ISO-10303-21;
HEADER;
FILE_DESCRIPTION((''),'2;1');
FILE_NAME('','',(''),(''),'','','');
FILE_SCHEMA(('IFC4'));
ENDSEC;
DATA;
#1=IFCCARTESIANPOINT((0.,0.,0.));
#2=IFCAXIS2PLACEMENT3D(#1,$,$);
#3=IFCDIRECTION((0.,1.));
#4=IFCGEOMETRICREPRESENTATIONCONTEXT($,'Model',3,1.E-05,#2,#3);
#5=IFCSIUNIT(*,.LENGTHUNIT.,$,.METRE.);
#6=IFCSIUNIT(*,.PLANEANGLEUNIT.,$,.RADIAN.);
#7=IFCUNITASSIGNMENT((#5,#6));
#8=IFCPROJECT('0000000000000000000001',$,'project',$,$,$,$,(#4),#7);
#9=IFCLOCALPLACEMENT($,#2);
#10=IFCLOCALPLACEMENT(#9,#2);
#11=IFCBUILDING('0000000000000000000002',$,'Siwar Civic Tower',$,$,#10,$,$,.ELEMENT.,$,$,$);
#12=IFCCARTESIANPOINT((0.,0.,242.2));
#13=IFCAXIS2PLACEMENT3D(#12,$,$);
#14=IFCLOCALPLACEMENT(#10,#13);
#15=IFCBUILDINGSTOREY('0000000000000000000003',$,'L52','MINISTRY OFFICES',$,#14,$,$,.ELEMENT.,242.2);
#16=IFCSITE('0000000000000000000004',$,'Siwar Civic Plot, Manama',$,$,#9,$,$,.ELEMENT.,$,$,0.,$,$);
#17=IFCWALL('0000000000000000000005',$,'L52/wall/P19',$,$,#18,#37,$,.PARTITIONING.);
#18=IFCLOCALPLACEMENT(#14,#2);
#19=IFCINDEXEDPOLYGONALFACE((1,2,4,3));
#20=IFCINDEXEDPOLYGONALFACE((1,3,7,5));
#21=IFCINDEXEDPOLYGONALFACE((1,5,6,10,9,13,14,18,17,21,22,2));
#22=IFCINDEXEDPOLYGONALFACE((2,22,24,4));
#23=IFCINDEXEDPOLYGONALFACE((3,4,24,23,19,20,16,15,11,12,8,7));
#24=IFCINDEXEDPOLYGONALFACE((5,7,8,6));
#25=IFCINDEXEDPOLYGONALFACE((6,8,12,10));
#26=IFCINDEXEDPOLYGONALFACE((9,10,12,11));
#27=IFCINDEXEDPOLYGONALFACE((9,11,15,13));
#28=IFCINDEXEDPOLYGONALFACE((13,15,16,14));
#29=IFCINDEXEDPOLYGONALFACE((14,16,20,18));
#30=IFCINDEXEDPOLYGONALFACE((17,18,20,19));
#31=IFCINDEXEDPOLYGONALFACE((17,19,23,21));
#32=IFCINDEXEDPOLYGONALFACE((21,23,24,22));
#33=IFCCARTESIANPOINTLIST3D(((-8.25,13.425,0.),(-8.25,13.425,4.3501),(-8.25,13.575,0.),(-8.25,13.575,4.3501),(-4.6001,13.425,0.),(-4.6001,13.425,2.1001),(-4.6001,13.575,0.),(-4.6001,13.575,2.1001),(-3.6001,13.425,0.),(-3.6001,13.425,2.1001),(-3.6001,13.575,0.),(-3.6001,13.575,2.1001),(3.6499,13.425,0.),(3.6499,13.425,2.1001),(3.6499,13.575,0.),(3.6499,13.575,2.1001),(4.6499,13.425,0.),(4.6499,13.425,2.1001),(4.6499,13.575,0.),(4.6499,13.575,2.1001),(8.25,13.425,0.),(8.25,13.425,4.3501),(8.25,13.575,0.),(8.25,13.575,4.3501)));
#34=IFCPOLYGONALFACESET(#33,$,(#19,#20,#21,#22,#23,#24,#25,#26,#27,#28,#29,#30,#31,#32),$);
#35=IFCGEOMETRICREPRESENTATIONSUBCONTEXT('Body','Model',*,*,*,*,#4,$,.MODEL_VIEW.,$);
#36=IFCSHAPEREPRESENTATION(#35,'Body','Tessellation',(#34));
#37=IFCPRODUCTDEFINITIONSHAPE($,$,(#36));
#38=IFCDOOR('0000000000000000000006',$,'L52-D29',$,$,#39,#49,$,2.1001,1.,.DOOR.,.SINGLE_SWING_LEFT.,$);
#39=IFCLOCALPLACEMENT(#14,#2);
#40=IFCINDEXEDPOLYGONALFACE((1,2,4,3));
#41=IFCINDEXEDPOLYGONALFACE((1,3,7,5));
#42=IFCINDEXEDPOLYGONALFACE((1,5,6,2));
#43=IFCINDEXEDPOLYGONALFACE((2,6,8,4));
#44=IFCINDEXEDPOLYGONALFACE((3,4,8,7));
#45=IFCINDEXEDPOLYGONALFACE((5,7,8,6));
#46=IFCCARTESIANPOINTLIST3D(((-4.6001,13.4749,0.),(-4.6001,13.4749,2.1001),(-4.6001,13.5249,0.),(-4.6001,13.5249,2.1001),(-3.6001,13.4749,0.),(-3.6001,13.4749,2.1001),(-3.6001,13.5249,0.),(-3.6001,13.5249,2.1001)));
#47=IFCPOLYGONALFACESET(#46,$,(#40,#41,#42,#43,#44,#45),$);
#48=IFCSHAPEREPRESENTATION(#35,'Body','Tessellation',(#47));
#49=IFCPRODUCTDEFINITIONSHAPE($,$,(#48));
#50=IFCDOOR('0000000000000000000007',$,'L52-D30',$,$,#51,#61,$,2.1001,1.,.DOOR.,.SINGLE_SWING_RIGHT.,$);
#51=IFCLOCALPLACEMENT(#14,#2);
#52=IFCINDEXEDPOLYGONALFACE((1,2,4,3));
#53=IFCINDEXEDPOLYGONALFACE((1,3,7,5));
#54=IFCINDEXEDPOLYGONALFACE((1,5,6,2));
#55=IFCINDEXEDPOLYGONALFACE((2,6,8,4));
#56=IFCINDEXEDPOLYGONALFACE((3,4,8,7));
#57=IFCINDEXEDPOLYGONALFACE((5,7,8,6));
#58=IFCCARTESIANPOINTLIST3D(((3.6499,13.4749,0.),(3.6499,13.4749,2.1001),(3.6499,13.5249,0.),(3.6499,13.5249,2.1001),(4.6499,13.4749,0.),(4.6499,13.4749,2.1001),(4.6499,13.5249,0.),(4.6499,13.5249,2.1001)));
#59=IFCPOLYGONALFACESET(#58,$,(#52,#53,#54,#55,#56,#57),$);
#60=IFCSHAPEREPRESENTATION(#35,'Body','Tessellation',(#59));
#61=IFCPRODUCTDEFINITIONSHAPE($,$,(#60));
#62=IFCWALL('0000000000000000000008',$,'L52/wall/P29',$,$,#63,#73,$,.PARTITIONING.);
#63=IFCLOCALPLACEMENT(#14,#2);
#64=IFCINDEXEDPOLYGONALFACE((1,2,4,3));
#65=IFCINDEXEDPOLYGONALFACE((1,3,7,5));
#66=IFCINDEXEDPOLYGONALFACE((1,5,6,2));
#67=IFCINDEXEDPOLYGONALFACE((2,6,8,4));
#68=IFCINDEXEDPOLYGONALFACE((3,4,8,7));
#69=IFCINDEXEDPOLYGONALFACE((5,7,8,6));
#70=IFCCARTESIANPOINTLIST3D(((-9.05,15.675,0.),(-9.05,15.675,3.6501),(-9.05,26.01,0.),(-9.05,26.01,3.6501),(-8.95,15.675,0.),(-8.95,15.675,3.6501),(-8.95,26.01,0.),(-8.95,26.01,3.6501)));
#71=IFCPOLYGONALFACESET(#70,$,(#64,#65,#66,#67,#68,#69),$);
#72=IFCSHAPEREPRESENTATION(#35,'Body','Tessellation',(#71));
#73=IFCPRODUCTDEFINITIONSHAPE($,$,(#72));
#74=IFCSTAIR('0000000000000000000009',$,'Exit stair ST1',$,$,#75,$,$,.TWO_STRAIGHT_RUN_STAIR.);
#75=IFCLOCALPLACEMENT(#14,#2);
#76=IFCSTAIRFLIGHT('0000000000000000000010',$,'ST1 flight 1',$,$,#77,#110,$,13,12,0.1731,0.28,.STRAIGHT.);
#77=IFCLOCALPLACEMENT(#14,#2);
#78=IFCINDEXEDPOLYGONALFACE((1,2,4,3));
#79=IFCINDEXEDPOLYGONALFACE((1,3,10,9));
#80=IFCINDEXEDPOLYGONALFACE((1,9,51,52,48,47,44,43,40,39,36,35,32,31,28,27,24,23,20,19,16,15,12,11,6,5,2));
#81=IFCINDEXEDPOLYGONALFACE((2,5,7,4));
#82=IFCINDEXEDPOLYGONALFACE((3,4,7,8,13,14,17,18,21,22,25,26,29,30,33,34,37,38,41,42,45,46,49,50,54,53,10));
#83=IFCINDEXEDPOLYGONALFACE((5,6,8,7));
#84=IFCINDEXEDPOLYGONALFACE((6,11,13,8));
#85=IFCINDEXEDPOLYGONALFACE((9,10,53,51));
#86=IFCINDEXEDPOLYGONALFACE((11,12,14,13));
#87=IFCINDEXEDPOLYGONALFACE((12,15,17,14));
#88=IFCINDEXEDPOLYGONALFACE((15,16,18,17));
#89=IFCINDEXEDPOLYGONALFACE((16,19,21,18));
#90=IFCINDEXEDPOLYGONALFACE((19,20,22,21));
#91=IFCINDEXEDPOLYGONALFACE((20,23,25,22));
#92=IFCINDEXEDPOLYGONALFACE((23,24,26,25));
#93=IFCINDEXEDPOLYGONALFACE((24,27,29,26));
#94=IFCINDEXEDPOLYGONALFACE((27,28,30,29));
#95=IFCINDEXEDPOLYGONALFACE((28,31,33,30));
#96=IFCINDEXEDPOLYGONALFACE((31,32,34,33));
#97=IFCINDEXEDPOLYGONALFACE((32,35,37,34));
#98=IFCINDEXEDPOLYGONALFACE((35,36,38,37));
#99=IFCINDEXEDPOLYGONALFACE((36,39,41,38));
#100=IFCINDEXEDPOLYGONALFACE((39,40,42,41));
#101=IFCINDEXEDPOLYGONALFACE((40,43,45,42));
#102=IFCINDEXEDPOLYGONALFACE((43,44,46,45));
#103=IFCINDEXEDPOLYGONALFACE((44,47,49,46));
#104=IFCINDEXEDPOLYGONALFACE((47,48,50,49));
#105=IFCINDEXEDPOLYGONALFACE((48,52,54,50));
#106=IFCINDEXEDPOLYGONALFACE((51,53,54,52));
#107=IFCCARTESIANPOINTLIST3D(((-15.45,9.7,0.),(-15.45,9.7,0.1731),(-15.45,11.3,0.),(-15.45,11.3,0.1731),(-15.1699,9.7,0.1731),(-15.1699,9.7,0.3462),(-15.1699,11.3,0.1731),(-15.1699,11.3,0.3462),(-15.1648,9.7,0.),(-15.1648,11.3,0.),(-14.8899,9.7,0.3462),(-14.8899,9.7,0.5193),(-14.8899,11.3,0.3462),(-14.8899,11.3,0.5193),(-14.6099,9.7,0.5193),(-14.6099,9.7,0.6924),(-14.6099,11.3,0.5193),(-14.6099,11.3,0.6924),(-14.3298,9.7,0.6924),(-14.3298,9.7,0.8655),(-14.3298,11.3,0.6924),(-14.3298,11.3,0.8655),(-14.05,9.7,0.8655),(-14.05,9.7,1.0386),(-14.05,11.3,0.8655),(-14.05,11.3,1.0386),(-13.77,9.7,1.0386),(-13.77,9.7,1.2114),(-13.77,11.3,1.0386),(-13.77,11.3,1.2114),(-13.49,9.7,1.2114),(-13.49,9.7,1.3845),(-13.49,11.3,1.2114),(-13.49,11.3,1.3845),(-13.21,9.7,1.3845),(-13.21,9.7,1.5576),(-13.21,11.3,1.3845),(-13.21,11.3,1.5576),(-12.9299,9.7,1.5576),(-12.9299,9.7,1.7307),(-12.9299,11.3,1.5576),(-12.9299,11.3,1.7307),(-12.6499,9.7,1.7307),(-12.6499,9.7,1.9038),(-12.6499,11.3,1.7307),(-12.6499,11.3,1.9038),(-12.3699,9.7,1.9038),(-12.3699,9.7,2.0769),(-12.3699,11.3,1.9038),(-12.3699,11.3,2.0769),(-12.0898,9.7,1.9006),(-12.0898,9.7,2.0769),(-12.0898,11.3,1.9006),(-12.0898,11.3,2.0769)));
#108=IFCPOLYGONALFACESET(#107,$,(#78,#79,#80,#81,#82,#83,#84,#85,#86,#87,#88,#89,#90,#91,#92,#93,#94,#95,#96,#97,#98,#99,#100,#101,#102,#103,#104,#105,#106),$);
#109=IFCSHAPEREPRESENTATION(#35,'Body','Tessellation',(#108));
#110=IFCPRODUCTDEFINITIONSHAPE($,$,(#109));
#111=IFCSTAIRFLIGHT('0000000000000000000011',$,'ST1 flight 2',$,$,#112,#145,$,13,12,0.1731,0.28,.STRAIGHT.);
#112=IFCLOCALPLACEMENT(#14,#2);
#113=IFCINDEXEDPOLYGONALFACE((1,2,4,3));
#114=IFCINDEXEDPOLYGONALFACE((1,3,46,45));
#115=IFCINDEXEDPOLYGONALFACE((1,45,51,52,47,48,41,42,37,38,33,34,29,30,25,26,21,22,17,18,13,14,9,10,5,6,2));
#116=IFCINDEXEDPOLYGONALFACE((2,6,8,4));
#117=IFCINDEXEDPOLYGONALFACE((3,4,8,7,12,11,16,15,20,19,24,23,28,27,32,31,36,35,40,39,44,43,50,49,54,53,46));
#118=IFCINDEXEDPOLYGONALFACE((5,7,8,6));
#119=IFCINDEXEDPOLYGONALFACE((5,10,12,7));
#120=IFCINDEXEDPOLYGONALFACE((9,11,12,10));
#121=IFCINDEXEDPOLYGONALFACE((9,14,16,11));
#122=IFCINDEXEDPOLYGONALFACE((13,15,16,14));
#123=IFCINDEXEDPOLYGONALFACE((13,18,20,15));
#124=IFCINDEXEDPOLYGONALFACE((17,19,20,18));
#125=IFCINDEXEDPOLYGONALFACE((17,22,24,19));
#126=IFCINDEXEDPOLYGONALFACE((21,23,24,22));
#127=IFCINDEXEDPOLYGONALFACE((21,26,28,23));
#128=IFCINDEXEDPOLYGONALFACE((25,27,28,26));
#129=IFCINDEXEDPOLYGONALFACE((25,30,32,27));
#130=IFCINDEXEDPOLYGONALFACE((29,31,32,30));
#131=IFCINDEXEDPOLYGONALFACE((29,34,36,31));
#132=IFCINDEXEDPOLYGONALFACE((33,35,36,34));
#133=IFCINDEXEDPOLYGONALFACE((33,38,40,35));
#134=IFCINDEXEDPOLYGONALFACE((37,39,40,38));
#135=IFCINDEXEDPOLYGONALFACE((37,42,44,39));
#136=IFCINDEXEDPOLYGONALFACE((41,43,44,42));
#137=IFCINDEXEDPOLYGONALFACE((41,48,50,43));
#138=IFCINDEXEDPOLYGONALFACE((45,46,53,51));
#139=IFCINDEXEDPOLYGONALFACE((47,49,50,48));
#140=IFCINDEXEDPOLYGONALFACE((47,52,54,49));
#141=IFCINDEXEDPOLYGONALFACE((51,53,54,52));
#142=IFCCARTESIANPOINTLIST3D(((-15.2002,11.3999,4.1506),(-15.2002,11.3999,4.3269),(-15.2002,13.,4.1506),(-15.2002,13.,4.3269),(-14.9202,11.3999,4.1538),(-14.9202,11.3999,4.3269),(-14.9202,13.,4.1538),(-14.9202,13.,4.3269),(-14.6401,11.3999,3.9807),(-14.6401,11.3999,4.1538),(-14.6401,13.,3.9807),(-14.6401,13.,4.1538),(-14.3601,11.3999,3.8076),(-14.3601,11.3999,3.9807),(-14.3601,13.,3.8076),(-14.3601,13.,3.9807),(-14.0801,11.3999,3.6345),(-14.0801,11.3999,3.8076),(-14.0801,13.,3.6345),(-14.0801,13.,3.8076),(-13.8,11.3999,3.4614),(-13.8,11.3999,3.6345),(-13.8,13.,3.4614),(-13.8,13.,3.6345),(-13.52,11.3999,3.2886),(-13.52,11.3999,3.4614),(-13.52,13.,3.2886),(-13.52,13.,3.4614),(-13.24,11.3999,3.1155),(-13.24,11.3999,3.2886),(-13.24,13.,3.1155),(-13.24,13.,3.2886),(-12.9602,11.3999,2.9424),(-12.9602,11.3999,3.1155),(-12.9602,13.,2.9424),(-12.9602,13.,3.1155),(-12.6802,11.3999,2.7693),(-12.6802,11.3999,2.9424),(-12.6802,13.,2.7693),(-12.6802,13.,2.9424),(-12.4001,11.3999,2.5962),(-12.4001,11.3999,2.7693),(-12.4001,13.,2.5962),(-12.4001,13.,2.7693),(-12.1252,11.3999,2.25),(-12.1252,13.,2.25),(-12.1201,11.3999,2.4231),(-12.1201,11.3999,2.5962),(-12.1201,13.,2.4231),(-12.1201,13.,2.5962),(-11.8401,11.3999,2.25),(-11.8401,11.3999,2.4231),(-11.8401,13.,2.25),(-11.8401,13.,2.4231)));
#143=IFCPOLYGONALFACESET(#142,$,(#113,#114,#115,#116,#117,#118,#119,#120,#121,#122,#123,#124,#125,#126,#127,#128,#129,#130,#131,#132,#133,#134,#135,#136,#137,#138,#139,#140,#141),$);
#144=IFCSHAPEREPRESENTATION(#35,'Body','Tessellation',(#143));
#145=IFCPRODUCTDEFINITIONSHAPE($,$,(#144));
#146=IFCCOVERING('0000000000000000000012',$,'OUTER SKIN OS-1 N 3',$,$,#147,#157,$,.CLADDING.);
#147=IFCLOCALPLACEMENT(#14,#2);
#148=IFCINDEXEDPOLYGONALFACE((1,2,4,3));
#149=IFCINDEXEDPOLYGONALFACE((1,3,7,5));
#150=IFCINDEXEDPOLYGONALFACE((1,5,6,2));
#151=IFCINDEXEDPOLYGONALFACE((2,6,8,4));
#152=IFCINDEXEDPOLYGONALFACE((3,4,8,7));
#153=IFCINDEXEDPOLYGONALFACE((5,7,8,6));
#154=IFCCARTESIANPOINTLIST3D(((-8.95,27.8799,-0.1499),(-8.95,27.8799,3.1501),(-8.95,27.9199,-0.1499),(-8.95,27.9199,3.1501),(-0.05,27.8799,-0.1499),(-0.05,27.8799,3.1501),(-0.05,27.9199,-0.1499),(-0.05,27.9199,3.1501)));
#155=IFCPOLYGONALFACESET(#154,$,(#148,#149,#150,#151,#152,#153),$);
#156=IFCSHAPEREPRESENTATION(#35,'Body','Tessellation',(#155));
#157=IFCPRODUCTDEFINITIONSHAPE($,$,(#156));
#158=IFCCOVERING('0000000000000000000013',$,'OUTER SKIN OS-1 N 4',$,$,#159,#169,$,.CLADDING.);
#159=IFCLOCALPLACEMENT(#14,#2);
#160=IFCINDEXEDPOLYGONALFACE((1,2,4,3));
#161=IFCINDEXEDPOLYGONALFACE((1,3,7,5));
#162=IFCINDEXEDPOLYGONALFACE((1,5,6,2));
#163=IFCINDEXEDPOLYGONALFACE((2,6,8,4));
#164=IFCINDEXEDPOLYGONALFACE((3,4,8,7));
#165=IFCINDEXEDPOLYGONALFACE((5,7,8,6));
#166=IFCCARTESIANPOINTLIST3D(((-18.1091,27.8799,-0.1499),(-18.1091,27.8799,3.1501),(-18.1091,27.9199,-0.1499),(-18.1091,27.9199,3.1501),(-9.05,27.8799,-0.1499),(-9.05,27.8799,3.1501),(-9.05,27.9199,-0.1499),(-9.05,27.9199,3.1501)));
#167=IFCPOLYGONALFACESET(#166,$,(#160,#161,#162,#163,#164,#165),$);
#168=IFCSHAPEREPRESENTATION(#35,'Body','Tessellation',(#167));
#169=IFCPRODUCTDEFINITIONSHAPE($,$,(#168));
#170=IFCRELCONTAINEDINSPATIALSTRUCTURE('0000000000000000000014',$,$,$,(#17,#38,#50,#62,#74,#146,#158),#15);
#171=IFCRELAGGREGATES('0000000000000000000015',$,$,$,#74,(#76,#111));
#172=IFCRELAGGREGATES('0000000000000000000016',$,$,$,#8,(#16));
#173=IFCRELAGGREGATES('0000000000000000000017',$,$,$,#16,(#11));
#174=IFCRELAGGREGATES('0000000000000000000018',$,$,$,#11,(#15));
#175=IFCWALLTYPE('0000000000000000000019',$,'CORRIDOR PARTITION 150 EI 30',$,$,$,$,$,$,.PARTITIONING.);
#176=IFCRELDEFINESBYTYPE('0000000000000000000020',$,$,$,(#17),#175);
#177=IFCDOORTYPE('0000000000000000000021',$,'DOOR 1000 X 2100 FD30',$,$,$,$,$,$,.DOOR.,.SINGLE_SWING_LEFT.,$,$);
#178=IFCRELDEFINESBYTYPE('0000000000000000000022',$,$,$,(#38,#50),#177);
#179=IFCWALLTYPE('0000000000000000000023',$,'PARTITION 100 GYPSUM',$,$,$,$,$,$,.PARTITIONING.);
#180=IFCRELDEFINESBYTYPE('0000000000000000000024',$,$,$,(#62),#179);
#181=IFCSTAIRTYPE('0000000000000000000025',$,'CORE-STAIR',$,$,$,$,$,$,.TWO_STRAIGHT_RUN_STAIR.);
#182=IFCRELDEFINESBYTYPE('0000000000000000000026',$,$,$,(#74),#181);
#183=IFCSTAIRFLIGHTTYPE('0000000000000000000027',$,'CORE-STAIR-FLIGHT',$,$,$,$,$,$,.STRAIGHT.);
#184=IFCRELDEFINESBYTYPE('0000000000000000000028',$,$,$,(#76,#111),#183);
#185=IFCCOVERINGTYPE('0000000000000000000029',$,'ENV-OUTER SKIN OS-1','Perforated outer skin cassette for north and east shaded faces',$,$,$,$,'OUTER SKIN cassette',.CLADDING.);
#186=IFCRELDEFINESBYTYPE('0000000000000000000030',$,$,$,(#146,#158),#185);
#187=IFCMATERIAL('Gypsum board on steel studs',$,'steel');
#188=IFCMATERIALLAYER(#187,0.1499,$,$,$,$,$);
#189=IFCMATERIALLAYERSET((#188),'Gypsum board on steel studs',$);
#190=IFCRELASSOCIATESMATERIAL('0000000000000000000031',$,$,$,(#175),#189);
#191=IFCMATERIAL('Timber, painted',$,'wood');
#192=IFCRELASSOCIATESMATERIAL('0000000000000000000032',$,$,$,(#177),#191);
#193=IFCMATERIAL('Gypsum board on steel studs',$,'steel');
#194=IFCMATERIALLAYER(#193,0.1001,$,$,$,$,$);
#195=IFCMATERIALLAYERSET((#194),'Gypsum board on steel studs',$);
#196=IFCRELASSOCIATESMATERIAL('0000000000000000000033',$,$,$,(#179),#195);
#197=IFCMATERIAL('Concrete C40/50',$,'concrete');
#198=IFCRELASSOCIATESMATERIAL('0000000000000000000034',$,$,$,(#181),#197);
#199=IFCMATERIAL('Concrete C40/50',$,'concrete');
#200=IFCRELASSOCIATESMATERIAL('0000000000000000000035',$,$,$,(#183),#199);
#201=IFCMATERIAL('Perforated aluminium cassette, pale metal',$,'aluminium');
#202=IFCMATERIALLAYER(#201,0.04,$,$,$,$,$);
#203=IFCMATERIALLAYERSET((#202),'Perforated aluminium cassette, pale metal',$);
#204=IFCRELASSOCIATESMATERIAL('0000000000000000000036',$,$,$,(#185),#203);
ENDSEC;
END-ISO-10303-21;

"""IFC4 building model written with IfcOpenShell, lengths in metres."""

from ifc_helpers import new_model, si_unit, direction, frame, frame_2d, origin, origin_2d, place, context, subcontext, project, spatial, polyline, rectangle, outline, extrude, material, layer, layer_set, type_object, element, fill, aggregate, save


model = new_model("IFC4")

# Units and contexts
model_context = context("Model", 3, precision=1e-05, world=origin(), true_north=direction((0.0, 1.0)))
body_context = subcontext(model_context, "Body", "Model", "MODEL_VIEW")
ifc_project = project(units=[si_unit("LENGTHUNIT", "METRE"), si_unit("PLANEANGLEUNIT", "RADIAN")], contexts=[model_context])

# Site, building, storey
site_placement = place(None, origin())
site = spatial("IfcSite", under=ifc_project, at=site_placement, Name="Siwar Civic Plot, Manama", CompositionType="ELEMENT", RefElevation=0.0)
building_placement = place(site_placement, origin())
building = spatial("IfcBuilding", under=site, at=building_placement, Name="Siwar Civic Tower", CompositionType="ELEMENT")
storey_placement = place(building_placement, frame((0.0, 0.0, 242.2)))
storey = spatial("IfcBuildingStorey", under=building, at=storey_placement, Name="L52", Description="MINISTRY OFFICES", CompositionType="ELEMENT", Elevation=242.2)

# Wall, openings, doors
ifc_material_1 = material(Name="Gypsum board on steel studs", Category="steel")
ifc_layer_1 = layer(ifc_material_1, 0.1499)
ifc_layer_set_1 = layer_set([ifc_layer_1], Name="Gypsum board on steel studs")
wall_type_1 = type_object("IfcWallType", Name="CORRIDOR PARTITION 150 EI 30", PredefinedType="PARTITIONING", material=ifc_layer_set_1)
wall_1_placement = place(storey_placement, frame((-8.25, 13.5, 0.0), z_axis=(0.0, 0.0, 1.0), x_axis=(1.0, 0.0, 0.0)))
wall_1 = element("IfcWall", 1, at=wall_1_placement, inside=storey, type_object=wall_type_1, Name="L52/wall/P19", PredefinedType="PARTITIONING", context=body_context, shape_type="SweptSolid", body=[
    extrude(rectangle(XDim=16.5, YDim=0.1499, at=frame_2d((8.25, 0.0))), origin(), (0.0, 0.0, 1.0), 4.3501),
])
opening_1_placement = place(wall_1_placement, frame((3.6499, 0.0, 0.0)))
opening_1 = element("IfcOpeningElement", 2, at=opening_1_placement, cuts=wall_1, PredefinedType="OPENING", context=body_context, shape_type="SweptSolid", body=[
    extrude(rectangle(XDim=1.0, YDim=2.1001, at=frame_2d((0.5, 1.05))), frame((0.0, 0.085, 0.0), z_axis=(0.0, -1.0, 0.0), x_axis=(1.0, 0.0, 0.0)), (0.0, 0.0, 1.0), 0.1699),
])
opening_2_placement = place(wall_1_placement, frame((11.8999, 0.0, 0.0)))
opening_2 = element("IfcOpeningElement", 3, at=opening_2_placement, cuts=wall_1, PredefinedType="OPENING", context=body_context, shape_type="SweptSolid", body=[
    extrude(rectangle(XDim=1.0, YDim=2.1001, at=frame_2d((0.5, 1.05))), frame((0.0, 0.085, 0.0), z_axis=(0.0, -1.0, 0.0), x_axis=(1.0, 0.0, 0.0)), (0.0, 0.0, 1.0), 0.1699),
])
ifc_material_2 = material(Name="Timber, painted", Category="wood")
door_type_1 = type_object("IfcDoorType", Name="DOOR 1000 X 2100 FD30", OperationType="SINGLE_SWING_LEFT", PredefinedType="DOOR", material=ifc_material_2)
door_1_placement = place(opening_1_placement, origin())
door_1 = element("IfcDoor", 4, at=door_1_placement, inside=storey, type_object=door_type_1, Name="L52-D29", OperationType="SINGLE_SWING_LEFT", OverallHeight=2.1001, OverallWidth=1.0, PredefinedType="DOOR", context=body_context, shape_type="SweptSolid", body=[
    extrude(rectangle(XDim=1.0, YDim=2.1001, at=frame_2d((0.5, 1.05))), frame((0.0, 0.0249, 0.0), z_axis=(0.0, -1.0, 0.0), x_axis=(1.0, 0.0, 0.0)), (0.0, 0.0, 1.0), 0.05),
])
fill(opening_1, door_1)
door_2_placement = place(opening_2_placement, origin())
door_2 = element("IfcDoor", 5, at=door_2_placement, inside=storey, type_object=door_type_1, Name="L52-D30", OperationType="SINGLE_SWING_RIGHT", OverallHeight=2.1001, OverallWidth=1.0, PredefinedType="DOOR", context=body_context, shape_type="SweptSolid", body=[
    extrude(rectangle(XDim=1.0, YDim=2.1001, at=frame_2d((0.5, 1.05))), frame((0.0, 0.0249, 0.0), z_axis=(0.0, -1.0, 0.0), x_axis=(1.0, 0.0, 0.0)), (0.0, 0.0, 1.0), 0.05),
])
fill(opening_2, door_2)

# Wall
ifc_material_3 = material(Name="Gypsum board on steel studs", Category="steel")
ifc_layer_2 = layer(ifc_material_3, 0.1001)
ifc_layer_set_2 = layer_set([ifc_layer_2], Name="Gypsum board on steel studs")
wall_type_2 = type_object("IfcWallType", Name="PARTITION 100 GYPSUM", PredefinedType="PARTITIONING", material=ifc_layer_set_2)
wall_2_placement = place(storey_placement, frame((-9.0, 15.675, 0.0), z_axis=(0.0, 0.0, 1.0), x_axis=(0.0, 1.0, 0.0)))
element("IfcWall", 6, at=wall_2_placement, inside=storey, type_object=wall_type_2, Name="L52/wall/P29", PredefinedType="PARTITIONING", context=body_context, shape_type="SweptSolid", body=[
    extrude(rectangle(XDim=10.335, YDim=0.1001, at=frame_2d((5.1675, 0.0))), origin(), (0.0, 0.0, 1.0), 3.6501),
])

# Stair, stair flights
ifc_material_4 = material(Name="Concrete C40/50", Category="concrete")
stair_type = type_object("IfcStairType", Name="CORE-STAIR", PredefinedType="TWO_STRAIGHT_RUN_STAIR", material=ifc_material_4)
stair_placement = place(storey_placement, origin())
stair = element("IfcStair", 7, at=stair_placement, inside=storey, type_object=stair_type, Name="Exit stair ST1", PredefinedType="TWO_STRAIGHT_RUN_STAIR")
ifc_material_5 = material(Name="Concrete C40/50", Category="concrete")
stair_flight_type = type_object("IfcStairFlightType", Name="CORE-STAIR-FLIGHT", PredefinedType="STRAIGHT", material=ifc_material_5)
stair_flight_1_placement = place(storey_placement, frame((-15.45, 10.5, 0.0), z_axis=(0.0, 0.0, 1.0), x_axis=(1.0, 0.0, 0.0)))
stair_flight_1 = element("IfcStairFlight", 8, at=stair_flight_1_placement, type_object=stair_flight_type, Name="ST1 flight 1", NumberOfRisers=13, NumberOfTreads=12, PredefinedType="STRAIGHT", RiserHeight=0.1731, TreadLength=0.28, context=body_context, shape_type="SweptSolid", body=[
    extrude(outline(polyline([(0.0, 0.0), (0.0, 0.1731), (0.28, 0.1731), (0.28, 0.3462), (0.5601, 0.3462), (0.5601, 0.5193), (0.8401, 0.5193), (0.8401, 0.6924), (1.1201, 0.6924), (1.1201, 0.8655), (1.3999, 0.8655), (1.3999, 1.0386), (1.6799, 1.0386), (1.6799, 1.2114), (1.96, 1.2114), (1.96, 1.3845), (2.24, 1.3845), (2.24, 1.5576), (2.52, 1.5576), (2.52, 1.7307), (2.8, 1.7307), (2.8, 1.9038), (3.0801, 1.9038), (3.0801, 2.0769), (3.3601, 2.0769), (3.3601, 2.25), (3.3601, 1.9006), (0.2852, 0.0), (0.0, 0.0)])), frame((0.0, 0.8, 0.0), z_axis=(0.0, -1.0, 0.0), x_axis=(1.0, 0.0, 0.0)), (0.0, 0.0, 1.0), 1.6001),
])
stair_flight_2_placement = place(storey_placement, frame((-11.8401, 12.2, 2.25), z_axis=(0.0, 0.0, 1.0), x_axis=(-1.0, 0.0, 0.0)))
stair_flight_2 = element("IfcStairFlight", 9, at=stair_flight_2_placement, type_object=stair_flight_type, Name="ST1 flight 2", NumberOfRisers=13, NumberOfTreads=12, PredefinedType="STRAIGHT", RiserHeight=0.1731, TreadLength=0.28, context=body_context, shape_type="SweptSolid", body=[
    extrude(outline(polyline([(0.0, 0.0), (0.0, 0.1731), (0.28, 0.1731), (0.28, 0.3462), (0.5601, 0.3462), (0.5601, 0.5193), (0.8401, 0.5193), (0.8401, 0.6924), (1.1201, 0.6924), (1.1201, 0.8655), (1.3999, 0.8655), (1.3999, 1.0386), (1.6799, 1.0386), (1.6799, 1.2114), (1.96, 1.2114), (1.96, 1.3845), (2.24, 1.3845), (2.24, 1.5576), (2.52, 1.5576), (2.52, 1.7307), (2.8, 1.7307), (2.8, 1.9038), (3.0801, 1.9038), (3.0801, 2.0769), (3.3601, 2.0769), (3.3601, 2.25), (3.3601, 1.9006), (0.2852, 0.0), (0.0, 0.0)])), frame((0.0, 0.8, 0.0), z_axis=(0.0, -1.0, 0.0), x_axis=(1.0, 0.0, 0.0)), (0.0, 0.0, 1.0), 1.6001),
])
aggregate(stair, [stair_flight_1, stair_flight_2])

# Coverings
ifc_material_6 = material(Name="Perforated aluminium cassette, pale metal", Category="aluminium")
ifc_layer_3 = layer(ifc_material_6, 0.04)
ifc_layer_set_3 = layer_set([ifc_layer_3], Name="Perforated aluminium cassette, pale metal")
covering_type = type_object("IfcCoveringType", Name="ENV-OUTER SKIN OS-1", Description="Perforated outer skin cassette for north and east shaded faces", ElementType="OUTER SKIN cassette", PredefinedType="CLADDING", material=ifc_layer_set_3)
covering_1_placement = place(storey_placement, frame((-4.5, 27.8999, -0.1499), z_axis=(0.0, 0.0, 1.0), x_axis=(-1.0, 0.0, 0.0)))
element("IfcCovering", 10, at=covering_1_placement, inside=storey, type_object=covering_type, Name="OUTER SKIN OS-1 N 3", PredefinedType="CLADDING", context=body_context, shape_type="SweptSolid", body=[
    extrude(rectangle(XDim=8.8999, YDim=0.04, at=origin_2d()), origin(), (0.0, 0.0, 1.0), 3.3),
])
covering_2_placement = place(storey_placement, frame((-13.5796, 27.8999, -0.1499), z_axis=(0.0, 0.0, 1.0), x_axis=(-1.0, 0.0, 0.0)))
element("IfcCovering", 11, at=covering_2_placement, inside=storey, type_object=covering_type, Name="OUTER SKIN OS-1 N 4", PredefinedType="CLADDING", context=body_context, shape_type="SweptSolid", body=[
    extrude(rectangle(XDim=9.0591, YDim=0.04, at=origin_2d()), origin(), (0.0, 0.0, 1.0), 3.3),
])

save(model, "model.ifc")
